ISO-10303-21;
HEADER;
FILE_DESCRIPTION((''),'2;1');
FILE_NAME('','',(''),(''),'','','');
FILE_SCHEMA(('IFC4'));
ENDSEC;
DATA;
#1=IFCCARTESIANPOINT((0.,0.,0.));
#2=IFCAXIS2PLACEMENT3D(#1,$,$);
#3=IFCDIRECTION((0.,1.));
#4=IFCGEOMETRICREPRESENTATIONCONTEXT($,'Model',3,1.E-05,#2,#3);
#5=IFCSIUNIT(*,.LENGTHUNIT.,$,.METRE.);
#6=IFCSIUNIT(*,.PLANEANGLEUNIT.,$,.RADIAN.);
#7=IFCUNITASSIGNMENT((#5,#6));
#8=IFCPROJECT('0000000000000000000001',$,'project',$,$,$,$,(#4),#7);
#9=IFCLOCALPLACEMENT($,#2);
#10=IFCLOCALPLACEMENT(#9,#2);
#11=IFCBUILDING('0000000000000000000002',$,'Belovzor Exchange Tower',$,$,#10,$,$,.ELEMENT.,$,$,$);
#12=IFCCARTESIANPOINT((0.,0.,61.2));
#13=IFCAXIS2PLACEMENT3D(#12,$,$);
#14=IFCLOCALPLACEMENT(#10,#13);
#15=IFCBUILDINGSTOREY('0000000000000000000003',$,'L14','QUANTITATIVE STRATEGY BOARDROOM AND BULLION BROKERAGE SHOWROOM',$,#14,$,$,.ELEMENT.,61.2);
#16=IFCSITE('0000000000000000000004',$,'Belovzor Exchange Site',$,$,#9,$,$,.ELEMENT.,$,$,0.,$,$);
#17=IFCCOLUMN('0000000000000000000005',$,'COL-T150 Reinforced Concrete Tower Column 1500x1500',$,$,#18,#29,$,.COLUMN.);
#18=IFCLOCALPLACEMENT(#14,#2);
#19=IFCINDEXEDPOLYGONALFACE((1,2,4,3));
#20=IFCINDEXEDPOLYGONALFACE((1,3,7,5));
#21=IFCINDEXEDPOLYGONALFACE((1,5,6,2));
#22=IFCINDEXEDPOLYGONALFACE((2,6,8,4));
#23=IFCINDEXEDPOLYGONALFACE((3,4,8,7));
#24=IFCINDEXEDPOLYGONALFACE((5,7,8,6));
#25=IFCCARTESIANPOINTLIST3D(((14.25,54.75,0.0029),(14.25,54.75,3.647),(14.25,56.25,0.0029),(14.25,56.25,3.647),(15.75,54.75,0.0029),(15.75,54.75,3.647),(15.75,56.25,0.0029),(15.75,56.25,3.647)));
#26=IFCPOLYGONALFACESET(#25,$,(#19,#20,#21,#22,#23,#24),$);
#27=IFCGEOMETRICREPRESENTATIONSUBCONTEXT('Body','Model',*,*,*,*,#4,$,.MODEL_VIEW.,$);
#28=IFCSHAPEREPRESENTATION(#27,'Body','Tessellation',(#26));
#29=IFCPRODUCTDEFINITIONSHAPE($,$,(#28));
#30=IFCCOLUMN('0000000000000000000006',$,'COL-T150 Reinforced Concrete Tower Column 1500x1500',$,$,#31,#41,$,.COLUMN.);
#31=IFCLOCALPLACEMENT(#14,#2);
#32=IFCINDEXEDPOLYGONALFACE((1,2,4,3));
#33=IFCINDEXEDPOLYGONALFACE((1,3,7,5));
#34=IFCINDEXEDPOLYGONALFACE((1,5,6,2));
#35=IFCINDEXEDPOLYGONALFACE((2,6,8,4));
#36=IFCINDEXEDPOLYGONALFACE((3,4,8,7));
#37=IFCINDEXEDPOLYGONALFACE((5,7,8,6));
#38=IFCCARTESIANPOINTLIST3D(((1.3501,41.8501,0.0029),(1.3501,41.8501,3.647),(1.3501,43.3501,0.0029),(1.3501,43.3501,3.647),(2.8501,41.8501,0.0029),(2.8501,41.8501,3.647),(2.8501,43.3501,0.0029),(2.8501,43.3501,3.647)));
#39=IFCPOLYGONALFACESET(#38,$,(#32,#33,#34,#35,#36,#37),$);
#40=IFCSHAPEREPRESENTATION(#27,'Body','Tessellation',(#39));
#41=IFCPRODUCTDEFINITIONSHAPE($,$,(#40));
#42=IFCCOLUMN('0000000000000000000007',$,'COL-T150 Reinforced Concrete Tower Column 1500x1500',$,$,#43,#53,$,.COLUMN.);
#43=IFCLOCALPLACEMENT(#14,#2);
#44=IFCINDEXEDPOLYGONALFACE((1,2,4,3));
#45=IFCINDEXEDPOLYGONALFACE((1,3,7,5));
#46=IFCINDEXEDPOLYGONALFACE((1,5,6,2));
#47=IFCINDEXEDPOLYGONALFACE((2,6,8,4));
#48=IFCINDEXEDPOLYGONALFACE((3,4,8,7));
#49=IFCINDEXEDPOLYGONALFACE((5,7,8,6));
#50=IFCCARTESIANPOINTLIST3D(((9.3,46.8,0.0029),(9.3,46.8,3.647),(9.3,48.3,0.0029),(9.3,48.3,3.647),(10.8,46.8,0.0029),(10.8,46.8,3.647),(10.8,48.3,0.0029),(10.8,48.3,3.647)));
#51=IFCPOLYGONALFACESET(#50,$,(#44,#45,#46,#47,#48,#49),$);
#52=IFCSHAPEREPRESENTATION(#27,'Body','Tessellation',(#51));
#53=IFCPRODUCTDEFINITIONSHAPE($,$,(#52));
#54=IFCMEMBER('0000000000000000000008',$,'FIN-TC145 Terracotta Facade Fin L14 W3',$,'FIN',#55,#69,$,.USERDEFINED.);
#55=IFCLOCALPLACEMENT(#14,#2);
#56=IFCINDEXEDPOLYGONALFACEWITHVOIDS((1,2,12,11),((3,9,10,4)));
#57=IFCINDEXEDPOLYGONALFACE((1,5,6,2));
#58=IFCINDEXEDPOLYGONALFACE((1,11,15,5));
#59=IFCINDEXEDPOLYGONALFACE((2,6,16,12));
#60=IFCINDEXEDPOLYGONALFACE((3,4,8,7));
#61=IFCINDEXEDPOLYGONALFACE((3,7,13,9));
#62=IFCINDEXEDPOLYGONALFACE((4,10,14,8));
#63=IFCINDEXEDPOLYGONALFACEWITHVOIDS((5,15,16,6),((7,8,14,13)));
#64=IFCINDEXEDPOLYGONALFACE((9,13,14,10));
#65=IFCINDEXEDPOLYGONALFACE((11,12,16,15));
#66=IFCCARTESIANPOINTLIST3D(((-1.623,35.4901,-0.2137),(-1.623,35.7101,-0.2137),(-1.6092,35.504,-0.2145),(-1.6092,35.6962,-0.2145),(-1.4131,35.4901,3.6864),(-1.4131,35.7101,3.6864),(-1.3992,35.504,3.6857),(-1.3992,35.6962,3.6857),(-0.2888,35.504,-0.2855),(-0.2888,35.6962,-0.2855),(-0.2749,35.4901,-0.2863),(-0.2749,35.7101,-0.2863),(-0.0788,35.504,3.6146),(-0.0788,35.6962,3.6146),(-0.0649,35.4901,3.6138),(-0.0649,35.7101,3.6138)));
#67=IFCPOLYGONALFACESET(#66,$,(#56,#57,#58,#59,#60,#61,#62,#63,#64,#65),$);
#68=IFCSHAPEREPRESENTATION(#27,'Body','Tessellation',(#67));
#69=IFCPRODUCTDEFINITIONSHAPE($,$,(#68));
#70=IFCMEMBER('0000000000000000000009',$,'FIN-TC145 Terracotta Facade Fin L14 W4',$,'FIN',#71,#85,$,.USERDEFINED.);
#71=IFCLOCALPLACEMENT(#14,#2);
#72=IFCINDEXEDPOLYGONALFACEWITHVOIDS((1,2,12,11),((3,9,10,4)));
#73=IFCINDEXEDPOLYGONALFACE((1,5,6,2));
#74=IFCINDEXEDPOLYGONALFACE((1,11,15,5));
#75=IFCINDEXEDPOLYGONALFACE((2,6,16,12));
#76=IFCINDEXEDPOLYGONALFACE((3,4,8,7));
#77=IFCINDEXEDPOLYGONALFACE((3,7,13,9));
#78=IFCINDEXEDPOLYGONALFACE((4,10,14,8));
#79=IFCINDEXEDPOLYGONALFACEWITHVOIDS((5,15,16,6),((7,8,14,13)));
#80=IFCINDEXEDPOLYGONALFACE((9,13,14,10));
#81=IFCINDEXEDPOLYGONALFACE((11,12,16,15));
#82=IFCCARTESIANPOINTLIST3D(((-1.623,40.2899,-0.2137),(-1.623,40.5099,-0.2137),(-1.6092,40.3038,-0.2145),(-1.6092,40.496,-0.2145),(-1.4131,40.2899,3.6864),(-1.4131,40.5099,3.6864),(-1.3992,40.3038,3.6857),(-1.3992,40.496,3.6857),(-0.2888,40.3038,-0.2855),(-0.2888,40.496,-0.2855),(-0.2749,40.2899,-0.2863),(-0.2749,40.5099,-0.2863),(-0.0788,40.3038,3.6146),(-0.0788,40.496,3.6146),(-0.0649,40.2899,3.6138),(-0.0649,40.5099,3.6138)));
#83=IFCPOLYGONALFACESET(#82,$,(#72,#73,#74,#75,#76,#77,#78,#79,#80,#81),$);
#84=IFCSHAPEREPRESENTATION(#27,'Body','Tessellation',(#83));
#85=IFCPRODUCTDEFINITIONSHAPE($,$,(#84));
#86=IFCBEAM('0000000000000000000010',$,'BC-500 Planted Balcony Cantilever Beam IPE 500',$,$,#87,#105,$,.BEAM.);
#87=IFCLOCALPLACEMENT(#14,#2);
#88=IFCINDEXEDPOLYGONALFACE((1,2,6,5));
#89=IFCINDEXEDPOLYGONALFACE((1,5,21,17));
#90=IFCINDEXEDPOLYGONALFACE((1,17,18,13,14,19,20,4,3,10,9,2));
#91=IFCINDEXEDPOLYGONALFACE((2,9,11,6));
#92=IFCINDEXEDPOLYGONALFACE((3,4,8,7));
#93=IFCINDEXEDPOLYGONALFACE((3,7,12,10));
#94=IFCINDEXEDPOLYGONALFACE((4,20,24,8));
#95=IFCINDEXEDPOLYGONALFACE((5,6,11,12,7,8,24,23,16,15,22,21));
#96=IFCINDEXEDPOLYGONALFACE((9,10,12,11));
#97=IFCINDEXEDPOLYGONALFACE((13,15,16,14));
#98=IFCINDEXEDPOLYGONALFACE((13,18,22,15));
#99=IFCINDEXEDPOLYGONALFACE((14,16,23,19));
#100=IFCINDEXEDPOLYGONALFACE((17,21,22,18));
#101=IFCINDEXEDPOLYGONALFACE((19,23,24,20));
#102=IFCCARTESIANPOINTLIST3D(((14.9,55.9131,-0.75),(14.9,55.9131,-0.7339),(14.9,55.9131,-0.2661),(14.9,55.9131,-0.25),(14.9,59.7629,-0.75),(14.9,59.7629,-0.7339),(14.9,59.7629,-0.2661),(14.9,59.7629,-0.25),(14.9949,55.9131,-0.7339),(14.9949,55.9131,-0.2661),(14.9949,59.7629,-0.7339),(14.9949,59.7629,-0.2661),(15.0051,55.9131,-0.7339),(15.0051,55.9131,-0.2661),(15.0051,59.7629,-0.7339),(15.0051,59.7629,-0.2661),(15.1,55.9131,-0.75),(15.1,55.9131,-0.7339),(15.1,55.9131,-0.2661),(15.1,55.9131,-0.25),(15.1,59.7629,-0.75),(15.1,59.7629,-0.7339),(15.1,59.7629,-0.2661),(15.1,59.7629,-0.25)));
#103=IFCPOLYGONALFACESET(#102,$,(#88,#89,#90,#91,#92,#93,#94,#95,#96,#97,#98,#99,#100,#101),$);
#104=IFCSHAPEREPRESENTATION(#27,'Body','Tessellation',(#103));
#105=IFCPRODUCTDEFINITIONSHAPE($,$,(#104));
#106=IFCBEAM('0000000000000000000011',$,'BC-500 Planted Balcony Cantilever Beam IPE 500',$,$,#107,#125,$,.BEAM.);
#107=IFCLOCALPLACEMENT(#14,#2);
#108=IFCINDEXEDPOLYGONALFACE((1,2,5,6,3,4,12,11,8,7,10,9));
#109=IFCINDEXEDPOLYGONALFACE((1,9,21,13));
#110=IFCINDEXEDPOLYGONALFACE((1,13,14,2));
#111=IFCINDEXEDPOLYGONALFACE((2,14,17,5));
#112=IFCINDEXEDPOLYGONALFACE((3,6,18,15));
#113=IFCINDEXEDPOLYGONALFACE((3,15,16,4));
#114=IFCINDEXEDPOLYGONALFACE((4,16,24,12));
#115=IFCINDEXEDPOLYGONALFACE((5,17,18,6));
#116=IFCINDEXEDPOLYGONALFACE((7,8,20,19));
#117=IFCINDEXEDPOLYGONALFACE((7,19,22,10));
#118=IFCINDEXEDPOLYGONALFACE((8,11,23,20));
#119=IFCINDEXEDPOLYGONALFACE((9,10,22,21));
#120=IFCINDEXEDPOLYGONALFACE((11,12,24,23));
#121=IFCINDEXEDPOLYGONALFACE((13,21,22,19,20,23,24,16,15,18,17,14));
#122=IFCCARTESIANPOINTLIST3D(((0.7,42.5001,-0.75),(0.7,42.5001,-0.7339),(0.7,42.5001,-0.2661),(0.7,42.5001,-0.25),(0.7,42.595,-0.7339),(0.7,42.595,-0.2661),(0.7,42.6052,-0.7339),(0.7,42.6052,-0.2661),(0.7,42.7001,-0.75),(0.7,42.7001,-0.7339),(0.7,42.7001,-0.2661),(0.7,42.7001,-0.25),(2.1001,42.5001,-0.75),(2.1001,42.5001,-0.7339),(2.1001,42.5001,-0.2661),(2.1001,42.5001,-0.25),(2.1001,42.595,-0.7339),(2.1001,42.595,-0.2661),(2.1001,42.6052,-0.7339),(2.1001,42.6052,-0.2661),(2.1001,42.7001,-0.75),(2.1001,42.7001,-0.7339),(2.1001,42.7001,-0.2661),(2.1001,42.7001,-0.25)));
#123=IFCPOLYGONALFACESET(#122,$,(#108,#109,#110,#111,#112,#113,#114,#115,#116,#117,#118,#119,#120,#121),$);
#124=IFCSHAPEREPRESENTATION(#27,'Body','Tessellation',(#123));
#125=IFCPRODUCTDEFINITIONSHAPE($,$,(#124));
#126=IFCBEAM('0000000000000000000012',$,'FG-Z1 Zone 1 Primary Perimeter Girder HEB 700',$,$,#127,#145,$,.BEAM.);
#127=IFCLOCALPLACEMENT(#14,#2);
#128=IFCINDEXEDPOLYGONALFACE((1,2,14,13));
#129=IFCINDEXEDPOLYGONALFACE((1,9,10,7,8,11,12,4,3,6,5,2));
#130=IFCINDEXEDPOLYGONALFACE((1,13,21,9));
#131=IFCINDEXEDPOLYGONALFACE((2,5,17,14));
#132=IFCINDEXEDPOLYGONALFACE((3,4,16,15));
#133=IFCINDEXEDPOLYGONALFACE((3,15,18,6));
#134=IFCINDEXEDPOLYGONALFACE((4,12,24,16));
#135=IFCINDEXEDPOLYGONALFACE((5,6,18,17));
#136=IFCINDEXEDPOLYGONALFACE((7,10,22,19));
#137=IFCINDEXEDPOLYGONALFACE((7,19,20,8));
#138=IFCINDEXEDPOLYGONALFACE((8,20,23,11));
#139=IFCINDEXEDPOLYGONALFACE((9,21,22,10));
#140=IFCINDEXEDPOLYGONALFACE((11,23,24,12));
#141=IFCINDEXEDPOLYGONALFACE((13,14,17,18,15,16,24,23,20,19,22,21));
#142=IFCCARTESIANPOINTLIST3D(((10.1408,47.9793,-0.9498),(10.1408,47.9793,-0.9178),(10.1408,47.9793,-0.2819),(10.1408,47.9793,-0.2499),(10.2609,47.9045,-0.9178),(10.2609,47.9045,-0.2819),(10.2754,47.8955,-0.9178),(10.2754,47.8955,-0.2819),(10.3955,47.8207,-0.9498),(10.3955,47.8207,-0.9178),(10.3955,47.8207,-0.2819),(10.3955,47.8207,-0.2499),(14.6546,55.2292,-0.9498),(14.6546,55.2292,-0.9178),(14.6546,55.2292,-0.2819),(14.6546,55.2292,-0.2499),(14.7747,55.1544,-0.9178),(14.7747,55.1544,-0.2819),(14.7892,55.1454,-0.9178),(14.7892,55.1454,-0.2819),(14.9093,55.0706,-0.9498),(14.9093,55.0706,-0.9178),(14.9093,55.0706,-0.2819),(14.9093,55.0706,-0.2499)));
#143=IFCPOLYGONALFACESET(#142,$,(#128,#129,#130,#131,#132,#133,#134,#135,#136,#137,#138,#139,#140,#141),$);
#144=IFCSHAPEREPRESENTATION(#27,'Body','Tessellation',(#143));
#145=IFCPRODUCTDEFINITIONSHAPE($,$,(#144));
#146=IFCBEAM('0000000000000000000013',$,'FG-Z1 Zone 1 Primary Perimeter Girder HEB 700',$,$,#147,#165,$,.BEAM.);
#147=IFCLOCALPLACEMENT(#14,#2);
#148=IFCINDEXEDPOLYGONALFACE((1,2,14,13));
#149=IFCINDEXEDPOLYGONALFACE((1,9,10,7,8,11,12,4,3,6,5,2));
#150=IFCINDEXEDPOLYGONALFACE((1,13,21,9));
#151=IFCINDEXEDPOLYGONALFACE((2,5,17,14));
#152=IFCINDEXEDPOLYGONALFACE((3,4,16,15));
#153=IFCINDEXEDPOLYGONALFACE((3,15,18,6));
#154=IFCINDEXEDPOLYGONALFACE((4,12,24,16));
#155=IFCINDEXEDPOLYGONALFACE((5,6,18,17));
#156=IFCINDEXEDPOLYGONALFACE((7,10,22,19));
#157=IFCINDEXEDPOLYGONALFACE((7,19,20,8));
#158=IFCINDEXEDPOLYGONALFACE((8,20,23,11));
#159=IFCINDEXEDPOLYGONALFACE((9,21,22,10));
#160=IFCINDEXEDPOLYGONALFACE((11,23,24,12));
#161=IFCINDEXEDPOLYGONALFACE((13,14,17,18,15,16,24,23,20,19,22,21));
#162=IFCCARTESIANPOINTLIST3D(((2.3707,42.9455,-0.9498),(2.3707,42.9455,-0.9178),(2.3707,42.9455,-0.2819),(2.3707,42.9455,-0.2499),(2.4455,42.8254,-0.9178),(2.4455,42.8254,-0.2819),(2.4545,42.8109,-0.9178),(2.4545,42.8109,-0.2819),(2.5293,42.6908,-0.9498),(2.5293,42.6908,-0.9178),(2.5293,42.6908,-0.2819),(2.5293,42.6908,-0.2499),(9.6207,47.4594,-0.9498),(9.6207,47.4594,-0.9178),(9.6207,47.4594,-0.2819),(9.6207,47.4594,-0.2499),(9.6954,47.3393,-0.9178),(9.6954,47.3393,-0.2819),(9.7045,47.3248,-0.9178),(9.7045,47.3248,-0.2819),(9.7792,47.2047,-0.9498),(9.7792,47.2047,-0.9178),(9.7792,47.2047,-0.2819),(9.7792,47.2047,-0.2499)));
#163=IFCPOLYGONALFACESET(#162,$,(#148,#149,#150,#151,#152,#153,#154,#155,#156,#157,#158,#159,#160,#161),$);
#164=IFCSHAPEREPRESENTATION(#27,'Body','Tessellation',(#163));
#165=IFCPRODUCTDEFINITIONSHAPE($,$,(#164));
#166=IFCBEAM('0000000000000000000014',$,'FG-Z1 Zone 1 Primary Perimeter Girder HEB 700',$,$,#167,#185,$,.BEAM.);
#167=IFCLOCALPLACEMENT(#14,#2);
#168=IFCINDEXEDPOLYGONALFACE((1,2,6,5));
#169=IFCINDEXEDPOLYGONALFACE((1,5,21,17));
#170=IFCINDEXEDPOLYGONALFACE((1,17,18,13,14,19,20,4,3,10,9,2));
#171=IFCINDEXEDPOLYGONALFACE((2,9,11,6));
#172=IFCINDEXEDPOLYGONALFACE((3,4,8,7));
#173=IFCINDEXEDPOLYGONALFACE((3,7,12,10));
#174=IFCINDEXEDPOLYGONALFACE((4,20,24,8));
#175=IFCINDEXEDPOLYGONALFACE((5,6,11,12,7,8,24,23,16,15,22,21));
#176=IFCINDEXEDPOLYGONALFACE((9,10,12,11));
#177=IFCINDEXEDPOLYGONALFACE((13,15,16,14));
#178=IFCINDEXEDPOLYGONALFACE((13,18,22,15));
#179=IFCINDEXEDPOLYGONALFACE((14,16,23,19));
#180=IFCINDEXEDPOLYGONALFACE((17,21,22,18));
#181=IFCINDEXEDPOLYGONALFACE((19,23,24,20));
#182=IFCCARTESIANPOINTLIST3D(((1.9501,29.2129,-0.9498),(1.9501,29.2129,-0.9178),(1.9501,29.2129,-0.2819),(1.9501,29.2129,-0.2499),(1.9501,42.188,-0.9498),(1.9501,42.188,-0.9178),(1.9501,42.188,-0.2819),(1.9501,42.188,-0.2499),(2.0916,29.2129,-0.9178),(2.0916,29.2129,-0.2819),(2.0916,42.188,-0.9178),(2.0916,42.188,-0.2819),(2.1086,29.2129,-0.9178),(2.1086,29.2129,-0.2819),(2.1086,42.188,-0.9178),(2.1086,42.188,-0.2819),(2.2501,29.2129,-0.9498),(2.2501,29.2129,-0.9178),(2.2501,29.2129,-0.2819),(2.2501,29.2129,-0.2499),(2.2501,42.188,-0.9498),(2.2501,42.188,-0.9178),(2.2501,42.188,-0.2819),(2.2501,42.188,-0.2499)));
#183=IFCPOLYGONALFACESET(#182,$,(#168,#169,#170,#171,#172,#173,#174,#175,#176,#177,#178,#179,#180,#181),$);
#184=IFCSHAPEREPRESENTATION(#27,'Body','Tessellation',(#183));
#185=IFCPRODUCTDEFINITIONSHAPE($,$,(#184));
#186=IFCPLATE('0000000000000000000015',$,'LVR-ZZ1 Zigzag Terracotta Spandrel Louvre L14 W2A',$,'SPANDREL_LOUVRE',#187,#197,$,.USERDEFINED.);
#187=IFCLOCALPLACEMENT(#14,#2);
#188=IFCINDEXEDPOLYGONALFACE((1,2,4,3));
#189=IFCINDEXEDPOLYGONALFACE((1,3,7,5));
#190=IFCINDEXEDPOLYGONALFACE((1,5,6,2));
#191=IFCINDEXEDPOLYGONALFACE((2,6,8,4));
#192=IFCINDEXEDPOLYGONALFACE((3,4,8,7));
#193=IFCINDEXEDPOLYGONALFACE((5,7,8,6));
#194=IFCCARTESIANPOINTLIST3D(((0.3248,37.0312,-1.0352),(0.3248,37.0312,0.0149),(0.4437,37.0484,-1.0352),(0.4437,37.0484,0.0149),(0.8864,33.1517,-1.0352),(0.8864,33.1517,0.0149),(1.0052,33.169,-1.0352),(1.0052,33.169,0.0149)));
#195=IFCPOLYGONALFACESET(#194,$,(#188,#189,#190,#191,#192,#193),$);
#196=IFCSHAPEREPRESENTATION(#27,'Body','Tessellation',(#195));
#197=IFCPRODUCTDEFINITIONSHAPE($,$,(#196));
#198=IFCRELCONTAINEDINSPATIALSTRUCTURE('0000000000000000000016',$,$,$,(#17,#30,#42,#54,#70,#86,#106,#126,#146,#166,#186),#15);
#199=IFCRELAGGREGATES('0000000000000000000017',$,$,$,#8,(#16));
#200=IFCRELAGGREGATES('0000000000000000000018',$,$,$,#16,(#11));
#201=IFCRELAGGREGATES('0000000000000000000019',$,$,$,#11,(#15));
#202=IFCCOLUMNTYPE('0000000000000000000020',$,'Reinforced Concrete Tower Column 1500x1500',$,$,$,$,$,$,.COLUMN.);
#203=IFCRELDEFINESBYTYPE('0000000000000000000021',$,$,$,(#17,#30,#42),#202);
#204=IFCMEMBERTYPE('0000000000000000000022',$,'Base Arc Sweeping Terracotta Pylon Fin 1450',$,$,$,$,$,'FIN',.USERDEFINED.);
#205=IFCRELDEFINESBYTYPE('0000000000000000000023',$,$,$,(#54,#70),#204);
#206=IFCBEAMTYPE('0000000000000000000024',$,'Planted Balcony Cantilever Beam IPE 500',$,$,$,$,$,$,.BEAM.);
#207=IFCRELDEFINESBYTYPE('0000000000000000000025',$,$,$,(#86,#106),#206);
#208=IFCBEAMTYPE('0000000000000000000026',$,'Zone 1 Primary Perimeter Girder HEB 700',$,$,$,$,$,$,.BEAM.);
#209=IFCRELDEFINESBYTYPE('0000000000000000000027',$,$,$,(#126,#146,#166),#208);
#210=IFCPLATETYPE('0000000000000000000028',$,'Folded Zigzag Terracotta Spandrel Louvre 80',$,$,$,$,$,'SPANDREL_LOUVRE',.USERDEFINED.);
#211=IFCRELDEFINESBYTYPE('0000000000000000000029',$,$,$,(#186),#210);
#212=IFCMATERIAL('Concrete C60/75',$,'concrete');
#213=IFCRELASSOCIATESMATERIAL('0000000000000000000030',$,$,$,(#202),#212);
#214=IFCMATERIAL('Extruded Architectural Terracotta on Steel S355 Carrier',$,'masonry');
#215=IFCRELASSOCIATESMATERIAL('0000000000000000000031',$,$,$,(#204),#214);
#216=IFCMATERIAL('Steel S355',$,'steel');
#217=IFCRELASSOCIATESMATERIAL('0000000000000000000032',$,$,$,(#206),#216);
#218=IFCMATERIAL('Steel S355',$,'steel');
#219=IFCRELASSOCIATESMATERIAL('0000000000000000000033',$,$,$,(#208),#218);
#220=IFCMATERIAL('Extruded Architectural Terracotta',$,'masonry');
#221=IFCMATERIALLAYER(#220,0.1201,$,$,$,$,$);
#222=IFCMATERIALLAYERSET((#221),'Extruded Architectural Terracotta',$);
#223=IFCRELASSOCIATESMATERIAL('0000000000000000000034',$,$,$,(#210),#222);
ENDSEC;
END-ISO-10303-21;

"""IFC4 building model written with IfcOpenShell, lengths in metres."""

from ifc_helpers import new_model, si_unit, direction, frame, origin, origin_2d, place, context, subcontext, project, spatial, rectangle, hollow_rectangle, i_section, extrude, material, layer, layer_set, material_profile, profile_set, type_object, element, save


model = new_model("IFC4")

# Units and contexts
model_context = context("Model", 3, precision=1e-05, world=origin(), true_north=direction((0.0, 1.0)))
body_context = subcontext(model_context, "Body", "Model", "MODEL_VIEW")
ifc_project = project(units=[si_unit("LENGTHUNIT", "METRE"), si_unit("PLANEANGLEUNIT", "RADIAN")], contexts=[model_context])

# Site, building, storey
site_placement = place(None, origin())
site = spatial("IfcSite", under=ifc_project, at=site_placement, Name="Belovzor Exchange Site", CompositionType="ELEMENT", RefElevation=0.0)
building_placement = place(site_placement, origin())
building = spatial("IfcBuilding", under=site, at=building_placement, Name="Belovzor Exchange Tower", CompositionType="ELEMENT")
storey_placement = place(building_placement, frame((0.0, 0.0, 61.2)))
storey = spatial("IfcBuildingStorey", under=building, at=storey_placement, Name="L14", Description="QUANTITATIVE STRATEGY BOARDROOM AND BULLION BROKERAGE SHOWROOM", CompositionType="ELEMENT", Elevation=61.2)

# Columns
ifc_material_1 = material(Name="Concrete C60/75", Category="concrete")
ifc_material_profile_1 = material_profile(ifc_material_1, rectangle(XDim=1.5, YDim=1.5, at=origin_2d()))
ifc_profile_set_1 = profile_set([ifc_material_profile_1], Name="Concrete C60/75")
column_type = type_object("IfcColumnType", Name="Reinforced Concrete Tower Column 1500x1500", PredefinedType="COLUMN", material=ifc_profile_set_1)
for number, where, z_axis, x_axis, name in (
    (1, (15.0, 55.5, 0.0029), (0.0, 0.0, 1.0), (1.0, 0.0, 0.0), "COL-T150 Reinforced Concrete Tower Column 1500x1500"),
    (2, (2.1001, 42.6001, 0.0029), (0.0, 0.0, 1.0), (1.0, 0.0, 0.0), "COL-T150 Reinforced Concrete Tower Column 1500x1500"),
    (3, (10.05, 47.55, 0.0029), (0.0, 0.0, 1.0), (1.0, 0.0, 0.0), "COL-T150 Reinforced Concrete Tower Column 1500x1500"),
):
    element("IfcColumn", number, at=place(storey_placement, frame(where, z_axis=z_axis, x_axis=x_axis)), inside=storey, type_object=column_type, Name=name, PredefinedType="COLUMN", context=body_context, shape_type="SweptSolid", body=[
        extrude(rectangle(XDim=1.5, YDim=1.5, at=origin_2d()), origin(), (0.0, 0.0, 1.0), 3.644),
    ])

# Members
ifc_material_2 = material(Name="Extruded Architectural Terracotta on Steel S355 Carrier", Category="masonry")
ifc_material_profile_2 = material_profile(ifc_material_2, hollow_rectangle(XDim=0.22, YDim=1.3501, WallThickness=0.0139, at=origin_2d()))
ifc_profile_set_2 = profile_set([ifc_material_profile_2], Name="Extruded Architectural Terracotta on Steel S355 Carrier")
member_type = type_object("IfcMemberType", Name="Base Arc Sweeping Terracotta Pylon Fin 1450", ElementType="FIN", PredefinedType="USERDEFINED", material=ifc_profile_set_2)
for number, where, z_axis, x_axis, name in (
    (4, (-0.949, 35.6001, -0.25), (0.053756, 0.0, 0.998554), (0.0, 1.0, 0.0), "FIN-TC145 Terracotta Facade Fin L14 W3"),
    (5, (-0.949, 40.3999, -0.25), (0.053756, 0.0, 0.998554), (0.0, 1.0, 0.0), "FIN-TC145 Terracotta Facade Fin L14 W4"),
):
    element("IfcMember", number, at=place(storey_placement, frame(where, z_axis=z_axis, x_axis=x_axis)), inside=storey, type_object=member_type, Name=name, ObjectType="FIN", PredefinedType="USERDEFINED", context=body_context, shape_type="SweptSolid", body=[
        extrude(hollow_rectangle(XDim=0.22, YDim=1.3501, WallThickness=0.0139, at=origin_2d()), origin(), (0.0, 0.0, 1.0), 3.9058),
    ])

# Beams
ifc_material_3 = material(Name="Steel S355", Category="steel")
ifc_material_profile_3 = material_profile(ifc_material_3, i_section(OverallWidth=0.2, OverallDepth=0.5, WebThickness=0.0103, FlangeThickness=0.0161, at=origin_2d()))
ifc_profile_set_3 = profile_set([ifc_material_profile_3], Name="Steel S355")
beam_type_1 = type_object("IfcBeamType", Name="Planted Balcony Cantilever Beam IPE 500", PredefinedType="BEAM", material=ifc_profile_set_3)
beam_1_placement = place(storey_placement, frame((15.0, 55.9131, -0.5), z_axis=(0.0, 1.0, 0.0), x_axis=(-1.0, 0.0, 0.0)))
element("IfcBeam", 6, at=beam_1_placement, inside=storey, type_object=beam_type_1, Name="BC-500 Planted Balcony Cantilever Beam IPE 500", PredefinedType="BEAM", context=body_context, shape_type="SweptSolid", body=[
    extrude(i_section(OverallWidth=0.2, OverallDepth=0.5, WebThickness=0.0103, FlangeThickness=0.0161, at=origin_2d()), origin(), (0.0, 0.0, 1.0), 3.8499),
])
beam_2_placement = place(storey_placement, frame((2.1001, 42.6001, -0.5), z_axis=(-1.0, 0.0, 0.0), x_axis=(0.0, -1.0, 0.0)))
element("IfcBeam", 7, at=beam_2_placement, inside=storey, type_object=beam_type_1, Name="BC-500 Planted Balcony Cantilever Beam IPE 500", PredefinedType="BEAM", context=body_context, shape_type="SweptSolid", body=[
    extrude(i_section(OverallWidth=0.2, OverallDepth=0.5, WebThickness=0.0103, FlangeThickness=0.0161, at=origin_2d()), origin(), (0.0, 0.0, 1.0), 1.4001),
])
ifc_material_4 = material(Name="Steel S355", Category="steel")
ifc_material_profile_4 = material_profile(ifc_material_4, i_section(OverallWidth=0.3, OverallDepth=0.7, WebThickness=0.0171, FlangeThickness=0.032, at=origin_2d()))
ifc_profile_set_4 = profile_set([ifc_material_profile_4], Name="Steel S355")
beam_type_2 = type_object("IfcBeamType", Name="Zone 1 Primary Perimeter Girder HEB 700", PredefinedType="BEAM", material=ifc_profile_set_4)
for number, where, z_axis, x_axis, name in (
    (8, (14.782, 55.1499, -0.5999), (-0.528539, -0.848909, 0.0), (0.848909, -0.528539, 0.0), "FG-Z1 Zone 1 Primary Perimeter Girder HEB 700"),
    (9, (9.7, 47.332, -0.5999), (-0.848909, -0.528539, 0.0), (0.528539, -0.848909, 0.0), "FG-Z1 Zone 1 Primary Perimeter Girder HEB 700"),
):
    element("IfcBeam", number, at=place(storey_placement, frame(where, z_axis=z_axis, x_axis=x_axis)), inside=storey, type_object=beam_type_2, Name=name, PredefinedType="BEAM", context=body_context, shape_type="SweptSolid", body=[
        extrude(i_section(OverallWidth=0.3, OverallDepth=0.7, WebThickness=0.0171, FlangeThickness=0.032, at=origin_2d()), origin(), (0.0, 0.0, 1.0), 8.5403),
    ])
beam_3_placement = place(storey_placement, frame((2.1001, 42.188, -0.5999), z_axis=(0.0, -1.0, 0.0), x_axis=(1.0, 0.0, 0.0)))
element("IfcBeam", 10, at=beam_3_placement, inside=storey, type_object=beam_type_2, Name="FG-Z1 Zone 1 Primary Perimeter Girder HEB 700", PredefinedType="BEAM", context=body_context, shape_type="SweptSolid", body=[
    extrude(i_section(OverallWidth=0.3, OverallDepth=0.7, WebThickness=0.0171, FlangeThickness=0.032, at=origin_2d()), origin(), (0.0, 0.0, 1.0), 12.9751),
])

# Plate
ifc_material_5 = material(Name="Extruded Architectural Terracotta", Category="masonry")
ifc_layer_1 = layer(ifc_material_5, 0.1201)
ifc_layer_set_1 = layer_set([ifc_layer_1], Name="Extruded Architectural Terracotta")
plate_type = type_object("IfcPlateType", Name="Folded Zigzag Terracotta Spandrel Louvre 80", ElementType="SPANDREL_LOUVRE", PredefinedType="USERDEFINED", material=ifc_layer_set_1)
for number, where, z_axis, x_axis, name in (
    (11, (0.665, 35.1001, -1.0352), (0.0, 0.0, 1.0), (-0.143251, 0.989686, 0.0), "LVR-ZZ1 Zigzag Terracotta Spandrel Louvre L14 W2A"),
):
    element("IfcPlate", number, at=place(storey_placement, frame(where, z_axis=z_axis, x_axis=x_axis)), inside=storey, type_object=plate_type, Name=name, ObjectType="SPANDREL_LOUVRE", PredefinedType="USERDEFINED", context=body_context, shape_type="SweptSolid", body=[
        extrude(rectangle(XDim=3.9199, YDim=0.1201, at=origin_2d()), origin(), (0.0, 0.0, 1.0), 1.05),
    ])

save(model, "model.ifc")
